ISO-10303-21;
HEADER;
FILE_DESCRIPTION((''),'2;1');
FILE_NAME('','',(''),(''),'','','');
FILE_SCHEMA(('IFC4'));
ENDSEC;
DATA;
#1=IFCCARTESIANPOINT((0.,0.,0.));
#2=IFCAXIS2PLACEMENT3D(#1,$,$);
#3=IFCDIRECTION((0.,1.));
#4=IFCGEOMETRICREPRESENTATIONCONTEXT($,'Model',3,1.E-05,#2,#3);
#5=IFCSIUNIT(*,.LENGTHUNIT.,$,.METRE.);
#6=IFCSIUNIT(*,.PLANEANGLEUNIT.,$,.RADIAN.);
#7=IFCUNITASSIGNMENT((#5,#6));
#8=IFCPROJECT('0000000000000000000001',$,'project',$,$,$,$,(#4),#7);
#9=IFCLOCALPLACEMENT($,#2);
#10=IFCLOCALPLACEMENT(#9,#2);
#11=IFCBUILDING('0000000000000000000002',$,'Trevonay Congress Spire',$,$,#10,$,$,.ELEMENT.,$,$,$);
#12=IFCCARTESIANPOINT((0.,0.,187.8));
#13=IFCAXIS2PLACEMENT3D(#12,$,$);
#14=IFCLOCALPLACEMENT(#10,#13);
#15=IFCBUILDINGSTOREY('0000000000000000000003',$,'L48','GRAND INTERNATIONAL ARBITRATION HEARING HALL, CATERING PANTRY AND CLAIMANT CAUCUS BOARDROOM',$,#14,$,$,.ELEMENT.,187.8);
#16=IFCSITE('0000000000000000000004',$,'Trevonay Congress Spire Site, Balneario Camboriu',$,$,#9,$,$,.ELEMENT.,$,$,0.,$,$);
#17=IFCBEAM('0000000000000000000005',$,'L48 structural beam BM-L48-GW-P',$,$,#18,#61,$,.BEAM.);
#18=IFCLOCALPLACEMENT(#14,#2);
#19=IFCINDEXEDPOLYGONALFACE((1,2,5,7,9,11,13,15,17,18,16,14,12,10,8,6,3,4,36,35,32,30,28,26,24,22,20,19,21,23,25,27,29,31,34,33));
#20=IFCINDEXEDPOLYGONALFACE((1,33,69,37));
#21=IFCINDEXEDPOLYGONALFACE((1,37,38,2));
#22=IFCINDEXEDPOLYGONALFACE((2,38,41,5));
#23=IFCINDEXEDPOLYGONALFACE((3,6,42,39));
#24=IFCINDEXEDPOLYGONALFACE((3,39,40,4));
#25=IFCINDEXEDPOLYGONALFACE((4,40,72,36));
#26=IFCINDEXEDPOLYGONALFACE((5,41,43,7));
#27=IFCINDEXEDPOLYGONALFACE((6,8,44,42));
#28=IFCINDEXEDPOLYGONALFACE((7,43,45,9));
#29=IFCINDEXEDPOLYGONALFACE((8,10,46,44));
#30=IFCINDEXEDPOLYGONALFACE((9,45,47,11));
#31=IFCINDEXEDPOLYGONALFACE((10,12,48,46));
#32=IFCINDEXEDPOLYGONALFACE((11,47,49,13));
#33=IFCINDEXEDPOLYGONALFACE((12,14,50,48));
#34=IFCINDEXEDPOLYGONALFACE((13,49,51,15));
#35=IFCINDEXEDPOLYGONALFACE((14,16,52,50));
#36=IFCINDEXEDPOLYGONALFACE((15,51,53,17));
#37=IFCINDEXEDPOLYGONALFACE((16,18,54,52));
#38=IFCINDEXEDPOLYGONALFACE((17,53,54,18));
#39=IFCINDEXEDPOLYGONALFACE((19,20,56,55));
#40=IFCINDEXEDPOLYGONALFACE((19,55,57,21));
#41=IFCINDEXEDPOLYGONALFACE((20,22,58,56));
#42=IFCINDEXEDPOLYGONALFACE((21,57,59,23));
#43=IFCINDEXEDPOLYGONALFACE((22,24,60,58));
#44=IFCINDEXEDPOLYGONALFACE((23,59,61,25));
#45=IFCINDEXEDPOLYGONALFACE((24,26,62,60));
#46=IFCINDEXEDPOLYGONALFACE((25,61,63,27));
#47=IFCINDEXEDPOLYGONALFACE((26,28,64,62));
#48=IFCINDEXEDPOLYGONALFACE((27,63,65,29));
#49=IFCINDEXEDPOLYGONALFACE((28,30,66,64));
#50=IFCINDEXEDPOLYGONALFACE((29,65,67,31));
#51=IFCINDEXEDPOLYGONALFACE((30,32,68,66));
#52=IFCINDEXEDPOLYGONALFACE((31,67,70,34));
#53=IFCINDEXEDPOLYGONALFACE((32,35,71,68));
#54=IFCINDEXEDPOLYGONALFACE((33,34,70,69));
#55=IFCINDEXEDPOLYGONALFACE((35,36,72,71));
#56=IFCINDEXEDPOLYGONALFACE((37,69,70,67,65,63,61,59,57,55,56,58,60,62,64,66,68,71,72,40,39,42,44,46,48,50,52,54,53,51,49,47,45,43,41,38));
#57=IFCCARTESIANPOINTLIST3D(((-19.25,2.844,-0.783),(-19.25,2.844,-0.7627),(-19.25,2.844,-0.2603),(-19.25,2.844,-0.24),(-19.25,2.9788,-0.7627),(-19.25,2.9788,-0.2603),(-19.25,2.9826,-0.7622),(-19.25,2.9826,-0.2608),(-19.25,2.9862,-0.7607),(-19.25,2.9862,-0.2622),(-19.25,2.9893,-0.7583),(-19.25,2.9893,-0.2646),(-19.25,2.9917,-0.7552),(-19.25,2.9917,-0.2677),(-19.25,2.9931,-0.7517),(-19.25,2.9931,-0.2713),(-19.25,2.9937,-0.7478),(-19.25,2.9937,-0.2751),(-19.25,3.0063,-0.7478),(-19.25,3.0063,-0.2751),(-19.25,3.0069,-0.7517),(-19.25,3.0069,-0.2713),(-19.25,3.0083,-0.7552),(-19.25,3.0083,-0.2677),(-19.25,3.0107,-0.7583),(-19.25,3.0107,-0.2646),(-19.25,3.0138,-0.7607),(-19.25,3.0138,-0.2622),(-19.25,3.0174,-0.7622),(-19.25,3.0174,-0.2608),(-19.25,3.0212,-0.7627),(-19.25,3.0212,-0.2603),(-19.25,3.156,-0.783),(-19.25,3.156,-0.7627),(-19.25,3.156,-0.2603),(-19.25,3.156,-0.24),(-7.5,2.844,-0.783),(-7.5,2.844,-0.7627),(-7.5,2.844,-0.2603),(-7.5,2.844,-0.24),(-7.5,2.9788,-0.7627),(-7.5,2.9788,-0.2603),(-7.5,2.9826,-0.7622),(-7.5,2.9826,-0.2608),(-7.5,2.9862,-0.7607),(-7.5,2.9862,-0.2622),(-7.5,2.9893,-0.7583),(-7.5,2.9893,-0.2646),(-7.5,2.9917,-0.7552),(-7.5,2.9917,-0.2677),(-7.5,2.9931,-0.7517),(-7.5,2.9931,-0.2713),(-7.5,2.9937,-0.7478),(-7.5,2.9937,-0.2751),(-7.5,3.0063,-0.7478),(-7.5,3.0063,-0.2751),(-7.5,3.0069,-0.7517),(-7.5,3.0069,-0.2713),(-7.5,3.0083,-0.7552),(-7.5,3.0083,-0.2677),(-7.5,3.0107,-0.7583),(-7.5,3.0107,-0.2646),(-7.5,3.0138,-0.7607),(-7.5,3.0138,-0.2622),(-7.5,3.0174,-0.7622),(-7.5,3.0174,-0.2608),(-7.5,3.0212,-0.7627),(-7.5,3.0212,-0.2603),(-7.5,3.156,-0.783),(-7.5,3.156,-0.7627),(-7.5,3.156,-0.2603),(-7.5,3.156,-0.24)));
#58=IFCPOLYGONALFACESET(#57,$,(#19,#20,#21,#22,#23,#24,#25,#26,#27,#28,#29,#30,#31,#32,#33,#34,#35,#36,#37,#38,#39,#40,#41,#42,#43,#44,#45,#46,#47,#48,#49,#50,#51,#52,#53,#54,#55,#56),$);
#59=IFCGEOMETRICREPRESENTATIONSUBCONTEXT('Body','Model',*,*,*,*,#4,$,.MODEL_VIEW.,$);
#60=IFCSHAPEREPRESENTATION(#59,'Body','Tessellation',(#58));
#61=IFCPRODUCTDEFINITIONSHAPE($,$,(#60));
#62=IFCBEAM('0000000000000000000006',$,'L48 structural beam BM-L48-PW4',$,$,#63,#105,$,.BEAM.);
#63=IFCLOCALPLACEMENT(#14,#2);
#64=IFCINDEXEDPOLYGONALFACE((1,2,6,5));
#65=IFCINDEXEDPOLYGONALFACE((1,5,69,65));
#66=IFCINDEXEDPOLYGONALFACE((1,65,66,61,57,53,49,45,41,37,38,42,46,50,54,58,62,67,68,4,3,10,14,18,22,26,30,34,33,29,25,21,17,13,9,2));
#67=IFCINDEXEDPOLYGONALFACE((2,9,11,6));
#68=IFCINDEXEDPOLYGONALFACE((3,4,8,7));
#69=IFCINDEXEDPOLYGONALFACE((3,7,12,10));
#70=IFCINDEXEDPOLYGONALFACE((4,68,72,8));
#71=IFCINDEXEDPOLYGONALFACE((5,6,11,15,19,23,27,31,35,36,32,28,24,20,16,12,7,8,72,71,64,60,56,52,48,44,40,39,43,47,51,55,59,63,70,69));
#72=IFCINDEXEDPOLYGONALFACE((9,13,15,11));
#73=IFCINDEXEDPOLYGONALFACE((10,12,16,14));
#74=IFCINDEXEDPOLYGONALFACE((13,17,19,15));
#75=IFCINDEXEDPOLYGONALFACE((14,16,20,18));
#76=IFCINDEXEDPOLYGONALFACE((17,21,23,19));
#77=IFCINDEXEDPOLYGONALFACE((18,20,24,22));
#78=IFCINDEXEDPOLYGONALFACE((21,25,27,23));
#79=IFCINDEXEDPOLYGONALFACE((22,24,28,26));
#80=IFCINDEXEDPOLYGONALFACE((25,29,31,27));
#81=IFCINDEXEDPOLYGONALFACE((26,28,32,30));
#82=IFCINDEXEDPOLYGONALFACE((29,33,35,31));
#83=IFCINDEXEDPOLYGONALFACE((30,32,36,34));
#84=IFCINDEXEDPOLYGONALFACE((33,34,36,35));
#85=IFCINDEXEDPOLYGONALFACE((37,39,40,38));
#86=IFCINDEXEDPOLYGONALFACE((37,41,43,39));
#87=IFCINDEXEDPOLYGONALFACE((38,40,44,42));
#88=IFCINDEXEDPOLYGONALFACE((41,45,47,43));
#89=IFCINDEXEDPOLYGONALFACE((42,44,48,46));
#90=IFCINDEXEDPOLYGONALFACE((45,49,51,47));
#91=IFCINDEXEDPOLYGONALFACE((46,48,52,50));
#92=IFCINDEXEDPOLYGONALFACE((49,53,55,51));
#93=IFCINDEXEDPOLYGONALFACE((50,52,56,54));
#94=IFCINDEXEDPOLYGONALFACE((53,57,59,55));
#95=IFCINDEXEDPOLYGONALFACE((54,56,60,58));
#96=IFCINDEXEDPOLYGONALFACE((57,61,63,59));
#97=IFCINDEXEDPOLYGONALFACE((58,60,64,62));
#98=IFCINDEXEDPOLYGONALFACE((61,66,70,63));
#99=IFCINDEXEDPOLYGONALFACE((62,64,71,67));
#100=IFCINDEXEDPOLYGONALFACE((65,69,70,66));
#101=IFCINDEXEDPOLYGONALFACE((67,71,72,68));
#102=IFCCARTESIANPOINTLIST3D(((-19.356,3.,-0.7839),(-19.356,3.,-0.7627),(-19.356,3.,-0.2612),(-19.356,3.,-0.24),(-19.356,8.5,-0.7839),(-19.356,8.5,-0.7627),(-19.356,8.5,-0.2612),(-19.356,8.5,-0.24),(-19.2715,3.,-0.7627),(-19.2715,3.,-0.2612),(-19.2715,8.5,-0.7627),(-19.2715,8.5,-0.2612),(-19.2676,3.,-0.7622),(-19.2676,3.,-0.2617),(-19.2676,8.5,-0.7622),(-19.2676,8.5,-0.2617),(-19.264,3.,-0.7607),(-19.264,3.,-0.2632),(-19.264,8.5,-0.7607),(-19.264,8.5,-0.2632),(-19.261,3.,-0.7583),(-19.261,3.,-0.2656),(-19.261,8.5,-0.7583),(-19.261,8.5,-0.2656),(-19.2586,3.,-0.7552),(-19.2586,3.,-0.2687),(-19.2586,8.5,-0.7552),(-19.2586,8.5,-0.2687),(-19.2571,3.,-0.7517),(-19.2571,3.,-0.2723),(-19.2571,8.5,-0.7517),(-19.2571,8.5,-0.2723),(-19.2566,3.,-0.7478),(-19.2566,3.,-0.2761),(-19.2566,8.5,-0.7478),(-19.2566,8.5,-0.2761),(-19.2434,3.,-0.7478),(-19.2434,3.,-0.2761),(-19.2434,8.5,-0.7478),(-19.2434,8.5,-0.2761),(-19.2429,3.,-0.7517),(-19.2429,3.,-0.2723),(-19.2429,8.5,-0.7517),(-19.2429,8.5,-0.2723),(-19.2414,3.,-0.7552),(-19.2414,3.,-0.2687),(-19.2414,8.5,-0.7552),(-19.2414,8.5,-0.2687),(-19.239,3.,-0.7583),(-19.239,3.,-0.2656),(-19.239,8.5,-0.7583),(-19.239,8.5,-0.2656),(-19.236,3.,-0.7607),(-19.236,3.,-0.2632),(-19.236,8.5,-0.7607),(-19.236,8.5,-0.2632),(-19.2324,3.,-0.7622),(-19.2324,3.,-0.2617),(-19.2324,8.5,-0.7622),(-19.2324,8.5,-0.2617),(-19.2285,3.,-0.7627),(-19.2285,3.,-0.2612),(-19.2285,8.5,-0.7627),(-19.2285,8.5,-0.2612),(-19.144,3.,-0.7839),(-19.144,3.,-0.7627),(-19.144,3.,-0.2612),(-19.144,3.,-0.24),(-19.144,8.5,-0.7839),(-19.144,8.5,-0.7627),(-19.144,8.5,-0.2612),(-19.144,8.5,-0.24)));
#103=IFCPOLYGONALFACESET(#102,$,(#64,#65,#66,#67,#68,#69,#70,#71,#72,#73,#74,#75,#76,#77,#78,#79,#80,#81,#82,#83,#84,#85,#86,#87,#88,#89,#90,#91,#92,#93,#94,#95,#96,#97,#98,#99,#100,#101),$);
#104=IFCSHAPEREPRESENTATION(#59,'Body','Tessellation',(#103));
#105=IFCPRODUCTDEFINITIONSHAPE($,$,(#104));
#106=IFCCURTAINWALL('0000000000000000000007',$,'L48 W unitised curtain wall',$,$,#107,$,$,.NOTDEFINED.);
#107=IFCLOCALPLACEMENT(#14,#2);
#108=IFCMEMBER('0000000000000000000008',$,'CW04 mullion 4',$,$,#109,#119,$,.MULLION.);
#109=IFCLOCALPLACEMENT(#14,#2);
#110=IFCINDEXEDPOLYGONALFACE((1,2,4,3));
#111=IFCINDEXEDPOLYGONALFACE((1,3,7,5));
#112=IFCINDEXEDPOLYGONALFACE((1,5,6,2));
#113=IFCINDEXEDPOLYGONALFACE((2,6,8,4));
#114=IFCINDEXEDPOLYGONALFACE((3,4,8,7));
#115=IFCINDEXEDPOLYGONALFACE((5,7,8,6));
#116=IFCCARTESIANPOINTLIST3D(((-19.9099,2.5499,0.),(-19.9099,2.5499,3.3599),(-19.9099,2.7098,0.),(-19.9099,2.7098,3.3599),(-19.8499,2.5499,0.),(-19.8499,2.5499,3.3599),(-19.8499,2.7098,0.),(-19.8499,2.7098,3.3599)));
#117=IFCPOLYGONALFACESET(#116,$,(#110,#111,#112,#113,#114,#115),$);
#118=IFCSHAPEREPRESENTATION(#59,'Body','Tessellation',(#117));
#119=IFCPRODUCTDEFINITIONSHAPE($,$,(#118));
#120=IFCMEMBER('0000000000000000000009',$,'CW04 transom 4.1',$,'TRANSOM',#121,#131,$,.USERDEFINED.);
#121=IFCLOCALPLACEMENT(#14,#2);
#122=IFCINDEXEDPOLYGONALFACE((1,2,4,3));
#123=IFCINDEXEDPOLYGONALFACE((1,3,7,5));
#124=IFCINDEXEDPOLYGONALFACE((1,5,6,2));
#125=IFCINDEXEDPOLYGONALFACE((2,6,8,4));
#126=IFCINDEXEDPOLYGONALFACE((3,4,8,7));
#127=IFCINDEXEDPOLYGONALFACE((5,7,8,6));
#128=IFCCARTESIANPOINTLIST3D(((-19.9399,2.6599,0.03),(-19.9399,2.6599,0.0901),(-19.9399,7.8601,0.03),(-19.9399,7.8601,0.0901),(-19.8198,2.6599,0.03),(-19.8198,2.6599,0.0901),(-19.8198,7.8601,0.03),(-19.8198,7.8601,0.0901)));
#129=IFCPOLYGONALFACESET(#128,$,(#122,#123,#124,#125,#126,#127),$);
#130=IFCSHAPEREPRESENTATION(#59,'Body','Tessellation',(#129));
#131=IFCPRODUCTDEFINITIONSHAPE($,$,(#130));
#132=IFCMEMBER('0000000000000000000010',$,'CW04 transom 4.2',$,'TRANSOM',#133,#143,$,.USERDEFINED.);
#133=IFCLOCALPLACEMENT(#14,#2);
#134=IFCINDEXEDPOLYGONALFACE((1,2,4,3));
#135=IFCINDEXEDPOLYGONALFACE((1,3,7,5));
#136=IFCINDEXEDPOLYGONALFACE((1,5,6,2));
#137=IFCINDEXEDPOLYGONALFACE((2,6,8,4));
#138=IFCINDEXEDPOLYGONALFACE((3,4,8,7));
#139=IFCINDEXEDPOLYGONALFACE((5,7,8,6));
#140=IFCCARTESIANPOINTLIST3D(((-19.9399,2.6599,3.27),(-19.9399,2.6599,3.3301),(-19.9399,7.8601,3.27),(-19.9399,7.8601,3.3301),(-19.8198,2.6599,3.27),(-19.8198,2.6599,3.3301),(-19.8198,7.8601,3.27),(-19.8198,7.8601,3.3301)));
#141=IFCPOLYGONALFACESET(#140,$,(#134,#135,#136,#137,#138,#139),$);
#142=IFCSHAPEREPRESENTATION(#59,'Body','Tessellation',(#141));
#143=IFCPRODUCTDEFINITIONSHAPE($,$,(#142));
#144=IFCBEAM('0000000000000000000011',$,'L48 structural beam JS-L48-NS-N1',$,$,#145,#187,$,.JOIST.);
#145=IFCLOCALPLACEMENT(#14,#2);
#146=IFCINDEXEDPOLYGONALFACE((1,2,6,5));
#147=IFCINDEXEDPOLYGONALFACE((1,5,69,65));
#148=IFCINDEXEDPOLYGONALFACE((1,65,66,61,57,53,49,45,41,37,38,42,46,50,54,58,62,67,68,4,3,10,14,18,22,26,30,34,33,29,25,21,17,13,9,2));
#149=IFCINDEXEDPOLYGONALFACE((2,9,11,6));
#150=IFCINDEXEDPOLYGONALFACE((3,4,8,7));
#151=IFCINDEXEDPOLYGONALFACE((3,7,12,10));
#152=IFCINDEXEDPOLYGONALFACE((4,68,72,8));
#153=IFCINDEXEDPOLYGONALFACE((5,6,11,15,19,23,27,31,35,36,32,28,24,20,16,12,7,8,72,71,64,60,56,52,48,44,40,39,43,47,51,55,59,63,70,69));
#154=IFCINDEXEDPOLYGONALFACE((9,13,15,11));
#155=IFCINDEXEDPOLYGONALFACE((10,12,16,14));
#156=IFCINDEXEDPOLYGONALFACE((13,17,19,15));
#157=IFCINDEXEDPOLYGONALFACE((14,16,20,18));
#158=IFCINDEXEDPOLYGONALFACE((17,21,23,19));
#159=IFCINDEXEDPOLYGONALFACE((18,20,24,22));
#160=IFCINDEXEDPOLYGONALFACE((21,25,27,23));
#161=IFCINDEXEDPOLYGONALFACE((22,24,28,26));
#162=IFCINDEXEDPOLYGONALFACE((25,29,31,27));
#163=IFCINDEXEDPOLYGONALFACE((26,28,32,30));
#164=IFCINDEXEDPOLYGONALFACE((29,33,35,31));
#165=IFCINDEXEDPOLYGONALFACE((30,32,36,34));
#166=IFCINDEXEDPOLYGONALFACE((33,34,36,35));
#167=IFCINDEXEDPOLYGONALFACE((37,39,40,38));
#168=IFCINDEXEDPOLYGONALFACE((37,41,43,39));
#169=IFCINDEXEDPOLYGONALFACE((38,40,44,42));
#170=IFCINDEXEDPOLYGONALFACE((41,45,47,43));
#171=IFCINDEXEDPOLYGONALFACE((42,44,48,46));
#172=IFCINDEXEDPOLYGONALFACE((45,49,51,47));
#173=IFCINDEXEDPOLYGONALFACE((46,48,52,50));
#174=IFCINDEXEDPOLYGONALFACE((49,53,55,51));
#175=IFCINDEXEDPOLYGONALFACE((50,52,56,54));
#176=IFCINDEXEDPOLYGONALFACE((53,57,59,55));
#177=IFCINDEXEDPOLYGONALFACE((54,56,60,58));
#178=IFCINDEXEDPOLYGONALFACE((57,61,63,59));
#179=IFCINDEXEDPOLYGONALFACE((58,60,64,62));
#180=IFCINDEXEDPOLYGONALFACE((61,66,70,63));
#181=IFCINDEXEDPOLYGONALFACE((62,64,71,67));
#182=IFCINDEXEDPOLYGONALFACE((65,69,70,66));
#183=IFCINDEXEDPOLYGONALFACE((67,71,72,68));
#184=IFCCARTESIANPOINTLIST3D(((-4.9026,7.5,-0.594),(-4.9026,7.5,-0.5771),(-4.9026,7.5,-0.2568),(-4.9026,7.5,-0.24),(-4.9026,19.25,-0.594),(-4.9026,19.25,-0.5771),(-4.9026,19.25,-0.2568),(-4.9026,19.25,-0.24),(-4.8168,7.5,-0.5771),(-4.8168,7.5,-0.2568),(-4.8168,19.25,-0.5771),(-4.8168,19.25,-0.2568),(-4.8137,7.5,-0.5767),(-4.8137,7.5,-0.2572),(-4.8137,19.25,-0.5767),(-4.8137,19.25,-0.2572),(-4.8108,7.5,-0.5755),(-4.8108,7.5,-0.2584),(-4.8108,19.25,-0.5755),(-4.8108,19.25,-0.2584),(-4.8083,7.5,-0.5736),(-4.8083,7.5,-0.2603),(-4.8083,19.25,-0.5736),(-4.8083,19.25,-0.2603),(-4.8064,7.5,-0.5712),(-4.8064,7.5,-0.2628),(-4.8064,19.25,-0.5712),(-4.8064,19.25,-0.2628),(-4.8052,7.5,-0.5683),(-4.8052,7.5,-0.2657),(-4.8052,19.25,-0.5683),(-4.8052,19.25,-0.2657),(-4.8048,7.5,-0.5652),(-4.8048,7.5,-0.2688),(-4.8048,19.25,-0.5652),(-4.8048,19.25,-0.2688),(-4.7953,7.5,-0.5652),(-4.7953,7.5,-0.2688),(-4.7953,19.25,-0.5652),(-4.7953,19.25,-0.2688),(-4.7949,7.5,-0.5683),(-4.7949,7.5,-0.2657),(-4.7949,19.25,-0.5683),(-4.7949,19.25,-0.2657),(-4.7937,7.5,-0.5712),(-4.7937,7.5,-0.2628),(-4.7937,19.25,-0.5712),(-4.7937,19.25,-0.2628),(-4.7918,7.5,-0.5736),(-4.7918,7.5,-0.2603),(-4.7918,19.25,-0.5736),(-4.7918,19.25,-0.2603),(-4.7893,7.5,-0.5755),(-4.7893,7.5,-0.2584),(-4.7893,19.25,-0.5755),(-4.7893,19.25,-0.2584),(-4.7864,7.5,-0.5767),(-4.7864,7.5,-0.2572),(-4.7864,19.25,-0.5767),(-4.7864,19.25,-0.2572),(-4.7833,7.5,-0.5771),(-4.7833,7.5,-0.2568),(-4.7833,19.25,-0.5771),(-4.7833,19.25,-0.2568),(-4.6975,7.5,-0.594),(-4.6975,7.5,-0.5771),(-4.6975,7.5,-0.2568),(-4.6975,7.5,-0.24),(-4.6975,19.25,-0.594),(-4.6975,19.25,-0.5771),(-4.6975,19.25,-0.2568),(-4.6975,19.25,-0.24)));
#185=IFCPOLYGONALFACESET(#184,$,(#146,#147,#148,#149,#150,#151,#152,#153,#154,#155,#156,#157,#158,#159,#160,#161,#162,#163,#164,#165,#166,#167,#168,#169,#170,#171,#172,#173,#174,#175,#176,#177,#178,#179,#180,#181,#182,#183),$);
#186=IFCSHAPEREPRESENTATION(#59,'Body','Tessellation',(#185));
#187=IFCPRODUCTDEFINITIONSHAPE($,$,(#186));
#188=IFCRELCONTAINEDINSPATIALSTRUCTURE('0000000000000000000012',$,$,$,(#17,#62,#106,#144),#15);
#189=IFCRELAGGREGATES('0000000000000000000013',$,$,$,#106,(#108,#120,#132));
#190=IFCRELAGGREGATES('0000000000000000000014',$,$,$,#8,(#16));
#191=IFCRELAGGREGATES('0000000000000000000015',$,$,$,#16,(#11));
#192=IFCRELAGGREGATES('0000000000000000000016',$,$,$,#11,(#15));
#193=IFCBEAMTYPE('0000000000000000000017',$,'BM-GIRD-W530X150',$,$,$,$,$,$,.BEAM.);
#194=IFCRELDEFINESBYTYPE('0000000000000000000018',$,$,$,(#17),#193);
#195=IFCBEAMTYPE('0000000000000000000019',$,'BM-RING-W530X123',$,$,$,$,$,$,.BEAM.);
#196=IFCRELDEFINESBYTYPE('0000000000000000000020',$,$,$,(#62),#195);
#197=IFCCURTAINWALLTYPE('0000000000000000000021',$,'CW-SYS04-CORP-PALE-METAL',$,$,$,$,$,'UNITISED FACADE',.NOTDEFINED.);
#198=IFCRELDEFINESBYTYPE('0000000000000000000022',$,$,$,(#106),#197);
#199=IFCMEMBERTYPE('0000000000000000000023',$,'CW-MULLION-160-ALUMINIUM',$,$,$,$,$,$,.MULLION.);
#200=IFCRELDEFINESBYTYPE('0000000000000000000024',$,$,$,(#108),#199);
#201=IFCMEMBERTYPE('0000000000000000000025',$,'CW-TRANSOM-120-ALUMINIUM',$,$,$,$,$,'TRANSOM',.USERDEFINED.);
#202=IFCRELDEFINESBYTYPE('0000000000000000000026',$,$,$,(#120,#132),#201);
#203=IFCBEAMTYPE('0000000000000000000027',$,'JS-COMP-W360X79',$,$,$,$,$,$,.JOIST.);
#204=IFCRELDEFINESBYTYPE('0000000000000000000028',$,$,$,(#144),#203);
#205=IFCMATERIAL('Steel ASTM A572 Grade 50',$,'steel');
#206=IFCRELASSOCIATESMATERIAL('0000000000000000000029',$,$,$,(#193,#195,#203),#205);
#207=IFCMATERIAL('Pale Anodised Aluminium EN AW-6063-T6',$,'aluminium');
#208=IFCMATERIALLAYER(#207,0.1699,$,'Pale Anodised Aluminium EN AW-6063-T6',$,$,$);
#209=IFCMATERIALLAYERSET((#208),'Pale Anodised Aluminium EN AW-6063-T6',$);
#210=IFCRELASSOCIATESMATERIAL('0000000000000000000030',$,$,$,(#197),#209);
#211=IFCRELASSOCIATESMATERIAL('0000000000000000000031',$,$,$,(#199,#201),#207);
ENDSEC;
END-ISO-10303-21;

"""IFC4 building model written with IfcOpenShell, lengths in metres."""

from ifc_helpers import new_model, si_unit, direction, frame, origin, origin_2d, place, context, subcontext, project, spatial, rectangle, i_section, extrude, material, layer, layer_set, material_profile, profile_set, type_object, element, aggregate, save


model = new_model("IFC4")

# Units and contexts
model_context = context("Model", 3, precision=1e-05, world=origin(), true_north=direction((0.0, 1.0)))
body_context = subcontext(model_context, "Body", "Model", "MODEL_VIEW")
ifc_project = project(units=[si_unit("LENGTHUNIT", "METRE"), si_unit("PLANEANGLEUNIT", "RADIAN")], contexts=[model_context])

# Site, building, storey
site_placement = place(None, origin())
site = spatial("IfcSite", under=ifc_project, at=site_placement, Name="Trevonay Congress Spire Site, Balneario Camboriu", CompositionType="ELEMENT", RefElevation=0.0)
building_placement = place(site_placement, origin())
building = spatial("IfcBuilding", under=site, at=building_placement, Name="Trevonay Congress Spire", CompositionType="ELEMENT")
storey_placement = place(building_placement, frame((0.0, 0.0, 187.8)))
storey = spatial("IfcBuildingStorey", under=building, at=storey_placement, Name="L48", Description="GRAND INTERNATIONAL ARBITRATION HEARING HALL, CATERING PANTRY AND CLAIMANT CAUCUS BOARDROOM", CompositionType="ELEMENT", Elevation=187.8)

# Shared definitions
ifc_material_1 = material(Name="Steel ASTM A572 Grade 50", Category="steel")

# Beams
ifc_material_profile_1 = material_profile(ifc_material_1, i_section(OverallWidth=0.312, OverallDepth=0.543, WebThickness=0.0127, FlangeThickness=0.0203, FilletRadius=0.0149, at=origin_2d()), Name="W530x150")
ifc_profile_set_1 = profile_set([ifc_material_profile_1], Name="Steel ASTM A572 Grade 50")
beam_type_1 = type_object("IfcBeamType", Name="BM-GIRD-W530X150", PredefinedType="BEAM", material=ifc_profile_set_1)
beam_1_placement = place(storey_placement, frame((-7.5, 3.0, -0.5115), z_axis=(-1.0, 0.0, 0.0), x_axis=(0.0, -1.0, 0.0)))
element("IfcBeam", 1, at=beam_1_placement, inside=storey, type_object=beam_type_1, Name="L48 structural beam BM-L48-GW-P", PredefinedType="BEAM", context=body_context, shape_type="SweptSolid", body=[
    extrude(i_section(OverallWidth=0.312, OverallDepth=0.543, WebThickness=0.0127, FlangeThickness=0.0203, FilletRadius=0.0149, at=origin_2d()), origin(), (0.0, 0.0, 1.0), 11.75),
])
ifc_material_profile_2 = material_profile(ifc_material_1, i_section(OverallWidth=0.2119, OverallDepth=0.5439, WebThickness=0.0132, FlangeThickness=0.0212, FilletRadius=0.0149, at=origin_2d()), Name="W530x123")
ifc_profile_set_2 = profile_set([ifc_material_profile_2], Name="Steel ASTM A572 Grade 50")
beam_type_2 = type_object("IfcBeamType", Name="BM-RING-W530X123", PredefinedType="BEAM", material=ifc_profile_set_2)
beam_2_placement = place(storey_placement, frame((-19.25, 3.0, -0.512), z_axis=(0.0, 1.0, 0.0), x_axis=(-1.0, 0.0, 0.0)))
element("IfcBeam", 2, at=beam_2_placement, inside=storey, type_object=beam_type_2, Name="L48 structural beam BM-L48-PW4", PredefinedType="BEAM", context=body_context, shape_type="SweptSolid", body=[
    extrude(i_section(OverallWidth=0.2119, OverallDepth=0.5439, WebThickness=0.0132, FlangeThickness=0.0212, FilletRadius=0.0149, at=origin_2d()), origin(), (0.0, 0.0, 1.0), 5.5),
])

# Curtain wall, members
ifc_material_2 = material(Name="Pale Anodised Aluminium EN AW-6063-T6", Category="aluminium")
ifc_layer_1 = layer(ifc_material_2, 0.1699, Name="Pale Anodised Aluminium EN AW-6063-T6")
ifc_layer_set_1 = layer_set([ifc_layer_1], Name="Pale Anodised Aluminium EN AW-6063-T6")
curtain_wall_type = type_object("IfcCurtainWallType", Name="CW-SYS04-CORP-PALE-METAL", ElementType="UNITISED FACADE", PredefinedType="NOTDEFINED", material=ifc_layer_set_1)
curtain_wall_placement = place(storey_placement, origin())
curtain_wall = element("IfcCurtainWall", 3, at=curtain_wall_placement, inside=storey, type_object=curtain_wall_type, Name="L48 W unitised curtain wall", PredefinedType="NOTDEFINED")
ifc_material_profile_3 = material_profile(ifc_material_2, rectangle(XDim=0.0601, YDim=0.1599, at=origin_2d()), Name="CW-MULLION-160-ALUMINIUM")
ifc_profile_set_3 = profile_set([ifc_material_profile_3], Name="Pale Anodised Aluminium EN AW-6063-T6")
member_type_1 = type_object("IfcMemberType", Name="CW-MULLION-160-ALUMINIUM", PredefinedType="MULLION", material=ifc_profile_set_3)
member_1_placement = place(storey_placement, frame((-19.8799, 2.6299, 0.0), z_axis=(0.0, 0.0, 1.0), x_axis=(-1.0, 0.0, 0.0)))
member_1 = element("IfcMember", 4, at=member_1_placement, type_object=member_type_1, Name="CW04 mullion 4", PredefinedType="MULLION", context=body_context, shape_type="SweptSolid", body=[
    extrude(rectangle(XDim=0.0601, YDim=0.1599, at=origin_2d()), origin(), (0.0, 0.0, 1.0), 3.3599),
])
ifc_material_profile_4 = material_profile(ifc_material_2, rectangle(XDim=0.1201, YDim=0.0601, at=origin_2d()), Name="CW-TRANSOM-120-ALUMINIUM")
ifc_profile_set_4 = profile_set([ifc_material_profile_4], Name="Pale Anodised Aluminium EN AW-6063-T6")
member_type_2 = type_object("IfcMemberType", Name="CW-TRANSOM-120-ALUMINIUM", ElementType="TRANSOM", PredefinedType="USERDEFINED", material=ifc_profile_set_4)
member_2_placement = place(storey_placement, frame((-19.8799, 2.6599, 0.0601), z_axis=(0.0, 1.0, 0.0), x_axis=(-1.0, 0.0, 0.0)))
member_2 = element("IfcMember", 5, at=member_2_placement, type_object=member_type_2, Name="CW04 transom 4.1", ObjectType="TRANSOM", PredefinedType="USERDEFINED", context=body_context, shape_type="SweptSolid", body=[
    extrude(rectangle(XDim=0.1201, YDim=0.0601, at=origin_2d()), origin(), (0.0, 0.0, 1.0), 5.2002),
])
member_3_placement = place(storey_placement, frame((-19.8799, 2.6599, 3.3), z_axis=(0.0, 1.0, 0.0), x_axis=(-1.0, 0.0, 0.0)))
member_3 = element("IfcMember", 6, at=member_3_placement, type_object=member_type_2, Name="CW04 transom 4.2", ObjectType="TRANSOM", PredefinedType="USERDEFINED", context=body_context, shape_type="SweptSolid", body=[
    extrude(rectangle(XDim=0.1201, YDim=0.0601, at=origin_2d()), origin(), (0.0, 0.0, 1.0), 5.2002),
])

# Beam
ifc_material_profile_5 = material_profile(ifc_material_1, i_section(OverallWidth=0.2051, OverallDepth=0.354, WebThickness=0.0095, FlangeThickness=0.0168, FilletRadius=0.012, at=origin_2d()), Name="W360x79")
ifc_profile_set_5 = profile_set([ifc_material_profile_5], Name="Steel ASTM A572 Grade 50")
beam_type_3 = type_object("IfcBeamType", Name="JS-COMP-W360X79", PredefinedType="JOIST", material=ifc_profile_set_5)
for number, where, z_axis, x_axis, name in (
    (7, (-4.8, 7.5, -0.417), (0.0, 1.0, 0.0), (-1.0, 0.0, 0.0), "L48 structural beam JS-L48-NS-N1"),
):
    element("IfcBeam", number, at=place(storey_placement, frame(where, z_axis=z_axis, x_axis=x_axis)), inside=storey, type_object=beam_type_3, Name=name, PredefinedType="JOIST", context=body_context, shape_type="SweptSolid", body=[
        extrude(i_section(OverallWidth=0.2051, OverallDepth=0.354, WebThickness=0.0095, FlangeThickness=0.0168, FilletRadius=0.012, at=origin_2d()), origin(), (0.0, 0.0, 1.0), 11.75),
    ])

aggregate(curtain_wall, [member_1, member_2, member_3])

save(model, "model.ifc")
